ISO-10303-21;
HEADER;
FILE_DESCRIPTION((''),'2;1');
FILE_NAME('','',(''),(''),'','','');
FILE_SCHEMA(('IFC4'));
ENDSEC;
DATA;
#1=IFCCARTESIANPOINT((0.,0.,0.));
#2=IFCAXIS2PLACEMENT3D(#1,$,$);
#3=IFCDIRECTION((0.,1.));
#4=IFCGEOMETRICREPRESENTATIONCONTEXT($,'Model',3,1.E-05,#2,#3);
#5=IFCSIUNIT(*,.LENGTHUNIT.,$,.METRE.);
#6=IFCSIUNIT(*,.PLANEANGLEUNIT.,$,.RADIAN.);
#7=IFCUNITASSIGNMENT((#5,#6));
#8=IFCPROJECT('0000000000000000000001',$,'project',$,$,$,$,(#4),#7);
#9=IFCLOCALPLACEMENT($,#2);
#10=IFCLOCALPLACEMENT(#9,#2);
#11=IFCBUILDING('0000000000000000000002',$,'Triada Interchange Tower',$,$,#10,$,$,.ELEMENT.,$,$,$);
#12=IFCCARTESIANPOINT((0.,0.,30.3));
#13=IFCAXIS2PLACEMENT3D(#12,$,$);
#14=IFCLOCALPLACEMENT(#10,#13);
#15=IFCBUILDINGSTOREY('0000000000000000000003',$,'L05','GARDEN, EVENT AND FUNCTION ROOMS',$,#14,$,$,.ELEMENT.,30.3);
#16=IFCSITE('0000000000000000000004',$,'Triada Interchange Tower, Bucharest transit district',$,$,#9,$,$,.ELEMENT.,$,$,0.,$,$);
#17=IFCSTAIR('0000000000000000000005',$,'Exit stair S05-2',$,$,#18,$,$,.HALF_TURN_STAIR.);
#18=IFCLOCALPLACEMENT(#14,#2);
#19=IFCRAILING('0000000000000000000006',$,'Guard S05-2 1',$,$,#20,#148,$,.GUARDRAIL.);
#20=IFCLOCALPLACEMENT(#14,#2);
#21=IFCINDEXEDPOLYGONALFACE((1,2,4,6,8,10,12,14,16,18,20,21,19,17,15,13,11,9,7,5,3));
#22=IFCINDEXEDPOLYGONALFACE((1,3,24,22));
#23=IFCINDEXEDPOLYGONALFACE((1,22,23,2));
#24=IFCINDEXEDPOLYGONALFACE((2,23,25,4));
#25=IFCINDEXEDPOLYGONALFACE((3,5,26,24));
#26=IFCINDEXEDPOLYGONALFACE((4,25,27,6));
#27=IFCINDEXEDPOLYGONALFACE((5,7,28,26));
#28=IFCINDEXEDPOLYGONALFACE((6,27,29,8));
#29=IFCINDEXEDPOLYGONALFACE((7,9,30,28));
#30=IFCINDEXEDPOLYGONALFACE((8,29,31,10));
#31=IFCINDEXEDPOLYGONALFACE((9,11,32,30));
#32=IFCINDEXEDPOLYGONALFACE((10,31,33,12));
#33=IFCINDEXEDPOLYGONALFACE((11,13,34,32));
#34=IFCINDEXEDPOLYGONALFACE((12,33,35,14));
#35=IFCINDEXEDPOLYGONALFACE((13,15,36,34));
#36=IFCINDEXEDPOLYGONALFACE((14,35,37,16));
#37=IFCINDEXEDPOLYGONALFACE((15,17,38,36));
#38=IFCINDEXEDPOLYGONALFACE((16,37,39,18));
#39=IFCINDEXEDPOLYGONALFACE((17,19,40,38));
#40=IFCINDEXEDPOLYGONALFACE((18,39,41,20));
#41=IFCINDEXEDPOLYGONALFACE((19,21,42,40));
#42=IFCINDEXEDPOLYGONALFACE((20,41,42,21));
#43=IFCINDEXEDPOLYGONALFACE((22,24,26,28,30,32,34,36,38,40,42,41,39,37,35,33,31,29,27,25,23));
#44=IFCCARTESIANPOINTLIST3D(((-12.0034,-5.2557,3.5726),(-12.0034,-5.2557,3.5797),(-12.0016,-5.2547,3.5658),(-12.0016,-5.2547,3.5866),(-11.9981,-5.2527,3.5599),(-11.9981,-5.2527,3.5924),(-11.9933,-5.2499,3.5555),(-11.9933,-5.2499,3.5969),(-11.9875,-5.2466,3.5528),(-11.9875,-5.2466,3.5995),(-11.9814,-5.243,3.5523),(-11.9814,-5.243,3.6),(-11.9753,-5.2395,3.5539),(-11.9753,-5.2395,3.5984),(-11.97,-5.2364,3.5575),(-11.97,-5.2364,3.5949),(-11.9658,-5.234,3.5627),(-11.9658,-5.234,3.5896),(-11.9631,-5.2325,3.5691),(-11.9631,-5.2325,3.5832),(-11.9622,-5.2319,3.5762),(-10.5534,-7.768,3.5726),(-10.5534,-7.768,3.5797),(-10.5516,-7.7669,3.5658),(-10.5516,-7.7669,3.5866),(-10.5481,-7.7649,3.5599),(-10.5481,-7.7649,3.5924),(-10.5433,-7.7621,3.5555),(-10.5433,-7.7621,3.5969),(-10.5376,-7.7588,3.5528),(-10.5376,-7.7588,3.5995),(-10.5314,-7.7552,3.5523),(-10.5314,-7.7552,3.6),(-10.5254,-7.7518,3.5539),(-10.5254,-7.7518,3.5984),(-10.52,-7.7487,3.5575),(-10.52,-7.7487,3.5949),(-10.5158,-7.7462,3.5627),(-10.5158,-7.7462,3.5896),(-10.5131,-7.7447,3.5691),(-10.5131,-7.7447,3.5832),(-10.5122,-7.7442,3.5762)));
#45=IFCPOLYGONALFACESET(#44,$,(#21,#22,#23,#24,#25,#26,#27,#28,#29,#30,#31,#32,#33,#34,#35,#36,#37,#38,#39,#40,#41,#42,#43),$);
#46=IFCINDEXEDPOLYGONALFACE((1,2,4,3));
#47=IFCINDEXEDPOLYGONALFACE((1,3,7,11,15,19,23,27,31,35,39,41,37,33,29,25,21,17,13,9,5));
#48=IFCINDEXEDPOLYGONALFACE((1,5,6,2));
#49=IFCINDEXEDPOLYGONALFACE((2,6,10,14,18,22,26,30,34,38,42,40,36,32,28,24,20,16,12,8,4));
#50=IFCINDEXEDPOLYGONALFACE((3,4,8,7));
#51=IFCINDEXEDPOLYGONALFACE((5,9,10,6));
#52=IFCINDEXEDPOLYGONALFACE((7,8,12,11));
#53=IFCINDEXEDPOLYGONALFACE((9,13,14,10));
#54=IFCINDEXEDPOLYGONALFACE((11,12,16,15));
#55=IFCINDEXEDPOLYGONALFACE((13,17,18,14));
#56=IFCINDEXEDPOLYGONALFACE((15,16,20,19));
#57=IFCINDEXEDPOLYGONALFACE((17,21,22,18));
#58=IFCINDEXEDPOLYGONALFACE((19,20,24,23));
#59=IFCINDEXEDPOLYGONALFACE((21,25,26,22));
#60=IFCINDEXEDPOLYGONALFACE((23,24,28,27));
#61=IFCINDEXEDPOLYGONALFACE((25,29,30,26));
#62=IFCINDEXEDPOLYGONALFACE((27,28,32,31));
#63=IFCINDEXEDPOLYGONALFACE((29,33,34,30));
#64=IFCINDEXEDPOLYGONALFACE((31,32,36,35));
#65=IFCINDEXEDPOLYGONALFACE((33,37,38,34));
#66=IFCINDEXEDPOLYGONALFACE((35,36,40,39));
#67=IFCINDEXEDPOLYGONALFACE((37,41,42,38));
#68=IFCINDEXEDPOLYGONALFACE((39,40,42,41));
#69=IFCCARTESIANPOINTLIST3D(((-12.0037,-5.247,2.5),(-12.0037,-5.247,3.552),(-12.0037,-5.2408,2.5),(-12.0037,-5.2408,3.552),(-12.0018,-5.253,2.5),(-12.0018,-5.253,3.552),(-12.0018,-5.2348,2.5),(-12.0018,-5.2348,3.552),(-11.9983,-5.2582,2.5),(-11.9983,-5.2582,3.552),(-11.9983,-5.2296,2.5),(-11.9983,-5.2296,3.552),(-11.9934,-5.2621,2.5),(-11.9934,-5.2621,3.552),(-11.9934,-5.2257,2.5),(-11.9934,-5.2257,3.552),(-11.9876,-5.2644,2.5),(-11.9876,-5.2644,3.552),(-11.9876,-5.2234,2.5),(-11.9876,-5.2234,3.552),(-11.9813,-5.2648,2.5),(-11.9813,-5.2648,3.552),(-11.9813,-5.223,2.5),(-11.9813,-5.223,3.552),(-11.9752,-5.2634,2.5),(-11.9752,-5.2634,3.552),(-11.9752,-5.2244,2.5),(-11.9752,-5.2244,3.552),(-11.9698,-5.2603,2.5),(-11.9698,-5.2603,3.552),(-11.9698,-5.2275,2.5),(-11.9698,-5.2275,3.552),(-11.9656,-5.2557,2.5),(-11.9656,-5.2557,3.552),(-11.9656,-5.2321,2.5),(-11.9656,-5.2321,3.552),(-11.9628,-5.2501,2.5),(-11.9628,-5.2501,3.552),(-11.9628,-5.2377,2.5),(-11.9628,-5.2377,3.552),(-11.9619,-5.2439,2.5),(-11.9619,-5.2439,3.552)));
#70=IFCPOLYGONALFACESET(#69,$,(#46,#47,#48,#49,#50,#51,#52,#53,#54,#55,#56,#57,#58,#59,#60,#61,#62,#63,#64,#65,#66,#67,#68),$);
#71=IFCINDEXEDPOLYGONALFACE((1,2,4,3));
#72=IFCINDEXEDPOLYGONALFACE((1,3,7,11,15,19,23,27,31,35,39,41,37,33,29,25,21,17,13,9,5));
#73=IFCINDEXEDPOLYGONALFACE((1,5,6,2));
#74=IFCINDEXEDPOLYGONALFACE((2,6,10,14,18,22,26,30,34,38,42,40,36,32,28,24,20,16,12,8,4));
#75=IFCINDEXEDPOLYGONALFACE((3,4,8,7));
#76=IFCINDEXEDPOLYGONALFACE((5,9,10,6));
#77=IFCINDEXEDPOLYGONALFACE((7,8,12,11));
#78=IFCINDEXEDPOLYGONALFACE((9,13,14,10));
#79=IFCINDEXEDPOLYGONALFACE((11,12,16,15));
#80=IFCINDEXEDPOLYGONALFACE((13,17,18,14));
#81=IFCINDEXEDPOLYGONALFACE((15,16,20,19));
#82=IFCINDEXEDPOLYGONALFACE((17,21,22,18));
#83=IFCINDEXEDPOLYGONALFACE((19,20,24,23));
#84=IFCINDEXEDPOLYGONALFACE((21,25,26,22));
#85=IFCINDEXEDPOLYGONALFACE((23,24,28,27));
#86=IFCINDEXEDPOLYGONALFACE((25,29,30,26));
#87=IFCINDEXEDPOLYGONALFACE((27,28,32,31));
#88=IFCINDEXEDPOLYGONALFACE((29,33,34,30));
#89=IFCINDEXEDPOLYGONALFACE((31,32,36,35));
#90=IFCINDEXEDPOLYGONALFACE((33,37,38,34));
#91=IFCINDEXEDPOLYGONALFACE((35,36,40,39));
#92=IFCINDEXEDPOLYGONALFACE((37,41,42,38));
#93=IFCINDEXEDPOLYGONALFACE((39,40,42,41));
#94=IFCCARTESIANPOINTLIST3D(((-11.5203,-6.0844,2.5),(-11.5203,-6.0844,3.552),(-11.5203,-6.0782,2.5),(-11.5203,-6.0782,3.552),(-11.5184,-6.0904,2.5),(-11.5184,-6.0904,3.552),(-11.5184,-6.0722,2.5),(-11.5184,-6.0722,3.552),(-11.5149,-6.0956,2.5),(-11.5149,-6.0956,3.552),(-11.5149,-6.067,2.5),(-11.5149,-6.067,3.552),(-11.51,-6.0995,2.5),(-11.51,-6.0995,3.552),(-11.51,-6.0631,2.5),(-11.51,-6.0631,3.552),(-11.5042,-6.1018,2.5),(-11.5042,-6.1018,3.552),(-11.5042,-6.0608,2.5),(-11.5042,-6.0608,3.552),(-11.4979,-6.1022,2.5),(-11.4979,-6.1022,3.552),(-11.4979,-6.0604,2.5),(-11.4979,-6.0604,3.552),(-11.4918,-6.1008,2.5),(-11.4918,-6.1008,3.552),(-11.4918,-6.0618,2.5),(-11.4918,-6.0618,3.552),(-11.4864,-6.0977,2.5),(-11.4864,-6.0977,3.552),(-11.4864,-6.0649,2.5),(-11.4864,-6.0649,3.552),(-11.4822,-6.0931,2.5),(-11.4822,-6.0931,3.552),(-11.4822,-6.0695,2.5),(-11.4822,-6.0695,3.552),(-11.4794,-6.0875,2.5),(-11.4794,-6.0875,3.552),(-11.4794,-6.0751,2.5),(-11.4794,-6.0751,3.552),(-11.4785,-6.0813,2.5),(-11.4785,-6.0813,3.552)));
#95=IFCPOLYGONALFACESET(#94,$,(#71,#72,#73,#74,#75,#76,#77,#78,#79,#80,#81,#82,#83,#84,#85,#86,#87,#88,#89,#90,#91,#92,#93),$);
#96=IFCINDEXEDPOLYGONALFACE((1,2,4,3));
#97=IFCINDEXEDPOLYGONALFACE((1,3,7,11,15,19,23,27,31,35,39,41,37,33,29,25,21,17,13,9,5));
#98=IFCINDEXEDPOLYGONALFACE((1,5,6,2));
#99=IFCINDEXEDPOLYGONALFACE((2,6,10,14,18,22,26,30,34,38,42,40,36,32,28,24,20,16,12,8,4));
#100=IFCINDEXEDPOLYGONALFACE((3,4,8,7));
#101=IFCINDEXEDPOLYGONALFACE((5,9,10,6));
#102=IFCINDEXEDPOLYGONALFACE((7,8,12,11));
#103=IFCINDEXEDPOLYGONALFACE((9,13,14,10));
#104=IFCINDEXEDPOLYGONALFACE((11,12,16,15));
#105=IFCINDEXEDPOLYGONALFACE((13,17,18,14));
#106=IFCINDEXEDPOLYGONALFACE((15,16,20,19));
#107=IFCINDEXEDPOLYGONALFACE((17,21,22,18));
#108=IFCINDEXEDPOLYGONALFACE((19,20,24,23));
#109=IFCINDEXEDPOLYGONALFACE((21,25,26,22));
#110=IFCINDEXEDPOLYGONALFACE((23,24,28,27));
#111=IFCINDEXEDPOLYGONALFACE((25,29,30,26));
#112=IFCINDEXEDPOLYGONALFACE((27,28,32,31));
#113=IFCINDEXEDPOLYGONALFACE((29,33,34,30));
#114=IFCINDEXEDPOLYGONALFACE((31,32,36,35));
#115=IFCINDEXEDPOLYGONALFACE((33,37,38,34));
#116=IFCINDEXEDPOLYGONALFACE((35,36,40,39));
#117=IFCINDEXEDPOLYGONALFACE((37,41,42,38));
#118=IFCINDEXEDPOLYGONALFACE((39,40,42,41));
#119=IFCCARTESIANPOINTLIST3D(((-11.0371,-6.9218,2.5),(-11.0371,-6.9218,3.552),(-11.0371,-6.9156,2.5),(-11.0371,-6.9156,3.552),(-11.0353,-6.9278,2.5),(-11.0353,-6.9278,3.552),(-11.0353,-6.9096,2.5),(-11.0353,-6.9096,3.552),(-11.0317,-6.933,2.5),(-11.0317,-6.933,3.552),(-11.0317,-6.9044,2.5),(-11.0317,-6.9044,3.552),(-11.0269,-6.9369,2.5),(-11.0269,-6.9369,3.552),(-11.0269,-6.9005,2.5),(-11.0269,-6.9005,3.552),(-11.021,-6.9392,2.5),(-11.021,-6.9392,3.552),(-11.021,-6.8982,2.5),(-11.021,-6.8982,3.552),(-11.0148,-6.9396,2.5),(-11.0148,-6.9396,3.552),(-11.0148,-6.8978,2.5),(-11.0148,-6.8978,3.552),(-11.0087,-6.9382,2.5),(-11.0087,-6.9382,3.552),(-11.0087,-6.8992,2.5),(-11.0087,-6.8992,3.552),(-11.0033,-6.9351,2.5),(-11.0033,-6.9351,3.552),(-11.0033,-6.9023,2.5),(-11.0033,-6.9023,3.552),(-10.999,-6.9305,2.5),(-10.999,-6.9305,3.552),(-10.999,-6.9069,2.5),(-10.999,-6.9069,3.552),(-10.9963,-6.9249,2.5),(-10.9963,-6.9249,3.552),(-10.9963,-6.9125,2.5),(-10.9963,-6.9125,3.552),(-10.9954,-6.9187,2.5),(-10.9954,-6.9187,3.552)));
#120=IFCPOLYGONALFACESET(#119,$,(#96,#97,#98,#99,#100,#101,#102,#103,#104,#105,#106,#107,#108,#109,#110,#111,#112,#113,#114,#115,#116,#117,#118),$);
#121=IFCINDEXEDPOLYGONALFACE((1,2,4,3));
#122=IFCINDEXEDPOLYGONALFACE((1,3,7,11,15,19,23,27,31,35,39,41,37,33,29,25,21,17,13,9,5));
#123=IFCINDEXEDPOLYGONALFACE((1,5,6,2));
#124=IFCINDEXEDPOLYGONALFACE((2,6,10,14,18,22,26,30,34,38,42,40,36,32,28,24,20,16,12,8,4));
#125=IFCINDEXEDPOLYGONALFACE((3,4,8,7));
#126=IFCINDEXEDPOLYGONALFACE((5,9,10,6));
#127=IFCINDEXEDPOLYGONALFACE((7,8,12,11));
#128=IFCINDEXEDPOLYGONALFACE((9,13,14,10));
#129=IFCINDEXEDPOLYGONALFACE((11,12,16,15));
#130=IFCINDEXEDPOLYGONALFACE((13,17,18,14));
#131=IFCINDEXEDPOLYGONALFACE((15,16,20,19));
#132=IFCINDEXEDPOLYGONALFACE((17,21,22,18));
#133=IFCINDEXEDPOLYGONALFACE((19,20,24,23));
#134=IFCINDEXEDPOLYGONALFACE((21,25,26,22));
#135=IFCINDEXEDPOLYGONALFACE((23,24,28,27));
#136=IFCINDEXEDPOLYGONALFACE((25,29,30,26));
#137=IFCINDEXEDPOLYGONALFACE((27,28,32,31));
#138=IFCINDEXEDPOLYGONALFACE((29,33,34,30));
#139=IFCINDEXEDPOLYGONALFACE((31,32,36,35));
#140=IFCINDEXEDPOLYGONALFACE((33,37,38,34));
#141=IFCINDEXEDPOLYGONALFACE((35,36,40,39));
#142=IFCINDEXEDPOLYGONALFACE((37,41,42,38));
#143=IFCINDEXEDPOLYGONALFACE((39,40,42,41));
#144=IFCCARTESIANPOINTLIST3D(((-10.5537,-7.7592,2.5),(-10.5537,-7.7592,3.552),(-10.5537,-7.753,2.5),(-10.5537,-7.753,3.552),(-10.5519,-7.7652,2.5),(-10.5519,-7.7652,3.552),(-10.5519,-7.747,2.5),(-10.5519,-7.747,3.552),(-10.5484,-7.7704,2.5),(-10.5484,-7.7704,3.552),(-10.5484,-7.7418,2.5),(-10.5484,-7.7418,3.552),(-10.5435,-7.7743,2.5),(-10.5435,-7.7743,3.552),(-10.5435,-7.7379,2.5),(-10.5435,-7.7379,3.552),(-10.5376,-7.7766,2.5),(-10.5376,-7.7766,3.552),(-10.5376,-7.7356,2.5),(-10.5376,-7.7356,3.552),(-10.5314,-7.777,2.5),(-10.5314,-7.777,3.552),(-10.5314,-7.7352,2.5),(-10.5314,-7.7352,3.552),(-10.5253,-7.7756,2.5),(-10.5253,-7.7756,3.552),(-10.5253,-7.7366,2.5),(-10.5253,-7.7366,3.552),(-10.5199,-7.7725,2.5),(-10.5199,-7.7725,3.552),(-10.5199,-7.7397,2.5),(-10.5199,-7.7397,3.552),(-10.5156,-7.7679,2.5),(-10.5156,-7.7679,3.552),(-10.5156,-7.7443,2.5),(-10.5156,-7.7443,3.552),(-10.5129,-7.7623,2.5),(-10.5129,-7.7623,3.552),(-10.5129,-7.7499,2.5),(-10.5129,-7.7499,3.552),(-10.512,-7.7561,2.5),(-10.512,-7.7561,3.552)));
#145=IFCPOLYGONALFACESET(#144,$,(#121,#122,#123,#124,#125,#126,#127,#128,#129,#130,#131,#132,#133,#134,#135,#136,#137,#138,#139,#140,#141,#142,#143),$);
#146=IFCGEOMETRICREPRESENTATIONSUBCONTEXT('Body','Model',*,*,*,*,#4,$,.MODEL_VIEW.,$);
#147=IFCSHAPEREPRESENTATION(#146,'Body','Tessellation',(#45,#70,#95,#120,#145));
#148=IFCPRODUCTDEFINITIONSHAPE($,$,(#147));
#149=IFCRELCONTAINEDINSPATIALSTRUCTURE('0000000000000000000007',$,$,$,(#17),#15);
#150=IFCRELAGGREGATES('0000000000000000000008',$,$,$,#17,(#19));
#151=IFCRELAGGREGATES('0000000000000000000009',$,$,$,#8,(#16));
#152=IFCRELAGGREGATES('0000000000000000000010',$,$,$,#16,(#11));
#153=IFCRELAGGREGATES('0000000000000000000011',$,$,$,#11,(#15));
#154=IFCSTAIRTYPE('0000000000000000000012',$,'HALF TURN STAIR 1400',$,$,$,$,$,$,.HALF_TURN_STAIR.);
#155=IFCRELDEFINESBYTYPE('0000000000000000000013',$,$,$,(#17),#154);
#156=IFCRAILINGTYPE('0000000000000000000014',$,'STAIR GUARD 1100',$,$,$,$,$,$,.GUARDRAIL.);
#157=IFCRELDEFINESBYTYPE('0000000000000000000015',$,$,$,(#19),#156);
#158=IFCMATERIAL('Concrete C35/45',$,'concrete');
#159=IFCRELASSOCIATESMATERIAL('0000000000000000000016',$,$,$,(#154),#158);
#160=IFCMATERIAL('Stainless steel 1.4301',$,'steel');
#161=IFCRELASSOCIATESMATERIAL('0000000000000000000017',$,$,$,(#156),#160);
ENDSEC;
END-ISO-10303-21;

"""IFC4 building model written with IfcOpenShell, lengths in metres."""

from ifc_helpers import new_model, si_unit, direction, frame, origin, origin_2d, place, context, subcontext, project, spatial, circle, extrude, material, type_object, element, aggregate, save


model = new_model("IFC4")

# Units and contexts
model_context = context("Model", 3, precision=1e-05, world=origin(), true_north=direction((0.0, 1.0)))
body_context = subcontext(model_context, "Body", "Model", "MODEL_VIEW")
ifc_project = project(units=[si_unit("LENGTHUNIT", "METRE"), si_unit("PLANEANGLEUNIT", "RADIAN")], contexts=[model_context])

# Site, building, storey
site_placement = place(None, origin())
site = spatial("IfcSite", under=ifc_project, at=site_placement, Name="Triada Interchange Tower, Bucharest transit district", CompositionType="ELEMENT", RefElevation=0.0)
building_placement = place(site_placement, origin())
building = spatial("IfcBuilding", under=site, at=building_placement, Name="Triada Interchange Tower", CompositionType="ELEMENT")
storey_placement = place(building_placement, frame((0.0, 0.0, 30.3)))
storey = spatial("IfcBuildingStorey", under=building, at=storey_placement, Name="L05", Description="GARDEN, EVENT AND FUNCTION ROOMS", CompositionType="ELEMENT", Elevation=30.3)

# Shared definitions
ifc_material_1 = material(Name="Concrete C35/45", Category="concrete")

# Stair, railing
stair_type = type_object("IfcStairType", Name="HALF TURN STAIR 1400", PredefinedType="HALF_TURN_STAIR", material=ifc_material_1)
stair_placement = place(storey_placement, origin())
stair = element("IfcStair", 1, at=stair_placement, inside=storey, type_object=stair_type, Name="Exit stair S05-2", PredefinedType="HALF_TURN_STAIR")
ifc_material_2 = material(Name="Stainless steel 1.4301", Category="steel")
railing_type_1 = type_object("IfcRailingType", Name="STAIR GUARD 1100", PredefinedType="GUARDRAIL", material=ifc_material_2)
railing_1_placement = place(storey_placement, frame((-11.9829, -5.2439, 2.5)))
railing_1 = element("IfcRailing", 2, at=railing_1_placement, type_object=railing_type_1, Name="Guard S05-2 1", PredefinedType="GUARDRAIL", context=body_context, shape_type="SweptSolid", body=[
    extrude(circle(Radius=0.0239, at=origin_2d()), frame((0.0, 0.0, 1.0762), z_axis=(0.499878, -0.866096, 0.0), x_axis=(0.866096, 0.499878, 0.0)), (0.0, 0.0, 1.0), 2.9006),
    extrude(circle(Radius=0.021, at=origin_2d()), origin(), (0.0, 0.0, 1.0), 1.052),
    extrude(circle(Radius=0.021, at=origin_2d()), frame((0.4834, -0.8374, 0.0)), (0.0, 0.0, 1.0), 1.052),
    extrude(circle(Radius=0.021, at=origin_2d()), frame((0.9666, -1.6748, 0.0)), (0.0, 0.0, 1.0), 1.052),
    extrude(circle(Radius=0.021, at=origin_2d()), frame((1.45, -2.5122, 0.0)), (0.0, 0.0, 1.0), 1.052),
])

aggregate(stair, [railing_1])

save(model, "model.ifc")
